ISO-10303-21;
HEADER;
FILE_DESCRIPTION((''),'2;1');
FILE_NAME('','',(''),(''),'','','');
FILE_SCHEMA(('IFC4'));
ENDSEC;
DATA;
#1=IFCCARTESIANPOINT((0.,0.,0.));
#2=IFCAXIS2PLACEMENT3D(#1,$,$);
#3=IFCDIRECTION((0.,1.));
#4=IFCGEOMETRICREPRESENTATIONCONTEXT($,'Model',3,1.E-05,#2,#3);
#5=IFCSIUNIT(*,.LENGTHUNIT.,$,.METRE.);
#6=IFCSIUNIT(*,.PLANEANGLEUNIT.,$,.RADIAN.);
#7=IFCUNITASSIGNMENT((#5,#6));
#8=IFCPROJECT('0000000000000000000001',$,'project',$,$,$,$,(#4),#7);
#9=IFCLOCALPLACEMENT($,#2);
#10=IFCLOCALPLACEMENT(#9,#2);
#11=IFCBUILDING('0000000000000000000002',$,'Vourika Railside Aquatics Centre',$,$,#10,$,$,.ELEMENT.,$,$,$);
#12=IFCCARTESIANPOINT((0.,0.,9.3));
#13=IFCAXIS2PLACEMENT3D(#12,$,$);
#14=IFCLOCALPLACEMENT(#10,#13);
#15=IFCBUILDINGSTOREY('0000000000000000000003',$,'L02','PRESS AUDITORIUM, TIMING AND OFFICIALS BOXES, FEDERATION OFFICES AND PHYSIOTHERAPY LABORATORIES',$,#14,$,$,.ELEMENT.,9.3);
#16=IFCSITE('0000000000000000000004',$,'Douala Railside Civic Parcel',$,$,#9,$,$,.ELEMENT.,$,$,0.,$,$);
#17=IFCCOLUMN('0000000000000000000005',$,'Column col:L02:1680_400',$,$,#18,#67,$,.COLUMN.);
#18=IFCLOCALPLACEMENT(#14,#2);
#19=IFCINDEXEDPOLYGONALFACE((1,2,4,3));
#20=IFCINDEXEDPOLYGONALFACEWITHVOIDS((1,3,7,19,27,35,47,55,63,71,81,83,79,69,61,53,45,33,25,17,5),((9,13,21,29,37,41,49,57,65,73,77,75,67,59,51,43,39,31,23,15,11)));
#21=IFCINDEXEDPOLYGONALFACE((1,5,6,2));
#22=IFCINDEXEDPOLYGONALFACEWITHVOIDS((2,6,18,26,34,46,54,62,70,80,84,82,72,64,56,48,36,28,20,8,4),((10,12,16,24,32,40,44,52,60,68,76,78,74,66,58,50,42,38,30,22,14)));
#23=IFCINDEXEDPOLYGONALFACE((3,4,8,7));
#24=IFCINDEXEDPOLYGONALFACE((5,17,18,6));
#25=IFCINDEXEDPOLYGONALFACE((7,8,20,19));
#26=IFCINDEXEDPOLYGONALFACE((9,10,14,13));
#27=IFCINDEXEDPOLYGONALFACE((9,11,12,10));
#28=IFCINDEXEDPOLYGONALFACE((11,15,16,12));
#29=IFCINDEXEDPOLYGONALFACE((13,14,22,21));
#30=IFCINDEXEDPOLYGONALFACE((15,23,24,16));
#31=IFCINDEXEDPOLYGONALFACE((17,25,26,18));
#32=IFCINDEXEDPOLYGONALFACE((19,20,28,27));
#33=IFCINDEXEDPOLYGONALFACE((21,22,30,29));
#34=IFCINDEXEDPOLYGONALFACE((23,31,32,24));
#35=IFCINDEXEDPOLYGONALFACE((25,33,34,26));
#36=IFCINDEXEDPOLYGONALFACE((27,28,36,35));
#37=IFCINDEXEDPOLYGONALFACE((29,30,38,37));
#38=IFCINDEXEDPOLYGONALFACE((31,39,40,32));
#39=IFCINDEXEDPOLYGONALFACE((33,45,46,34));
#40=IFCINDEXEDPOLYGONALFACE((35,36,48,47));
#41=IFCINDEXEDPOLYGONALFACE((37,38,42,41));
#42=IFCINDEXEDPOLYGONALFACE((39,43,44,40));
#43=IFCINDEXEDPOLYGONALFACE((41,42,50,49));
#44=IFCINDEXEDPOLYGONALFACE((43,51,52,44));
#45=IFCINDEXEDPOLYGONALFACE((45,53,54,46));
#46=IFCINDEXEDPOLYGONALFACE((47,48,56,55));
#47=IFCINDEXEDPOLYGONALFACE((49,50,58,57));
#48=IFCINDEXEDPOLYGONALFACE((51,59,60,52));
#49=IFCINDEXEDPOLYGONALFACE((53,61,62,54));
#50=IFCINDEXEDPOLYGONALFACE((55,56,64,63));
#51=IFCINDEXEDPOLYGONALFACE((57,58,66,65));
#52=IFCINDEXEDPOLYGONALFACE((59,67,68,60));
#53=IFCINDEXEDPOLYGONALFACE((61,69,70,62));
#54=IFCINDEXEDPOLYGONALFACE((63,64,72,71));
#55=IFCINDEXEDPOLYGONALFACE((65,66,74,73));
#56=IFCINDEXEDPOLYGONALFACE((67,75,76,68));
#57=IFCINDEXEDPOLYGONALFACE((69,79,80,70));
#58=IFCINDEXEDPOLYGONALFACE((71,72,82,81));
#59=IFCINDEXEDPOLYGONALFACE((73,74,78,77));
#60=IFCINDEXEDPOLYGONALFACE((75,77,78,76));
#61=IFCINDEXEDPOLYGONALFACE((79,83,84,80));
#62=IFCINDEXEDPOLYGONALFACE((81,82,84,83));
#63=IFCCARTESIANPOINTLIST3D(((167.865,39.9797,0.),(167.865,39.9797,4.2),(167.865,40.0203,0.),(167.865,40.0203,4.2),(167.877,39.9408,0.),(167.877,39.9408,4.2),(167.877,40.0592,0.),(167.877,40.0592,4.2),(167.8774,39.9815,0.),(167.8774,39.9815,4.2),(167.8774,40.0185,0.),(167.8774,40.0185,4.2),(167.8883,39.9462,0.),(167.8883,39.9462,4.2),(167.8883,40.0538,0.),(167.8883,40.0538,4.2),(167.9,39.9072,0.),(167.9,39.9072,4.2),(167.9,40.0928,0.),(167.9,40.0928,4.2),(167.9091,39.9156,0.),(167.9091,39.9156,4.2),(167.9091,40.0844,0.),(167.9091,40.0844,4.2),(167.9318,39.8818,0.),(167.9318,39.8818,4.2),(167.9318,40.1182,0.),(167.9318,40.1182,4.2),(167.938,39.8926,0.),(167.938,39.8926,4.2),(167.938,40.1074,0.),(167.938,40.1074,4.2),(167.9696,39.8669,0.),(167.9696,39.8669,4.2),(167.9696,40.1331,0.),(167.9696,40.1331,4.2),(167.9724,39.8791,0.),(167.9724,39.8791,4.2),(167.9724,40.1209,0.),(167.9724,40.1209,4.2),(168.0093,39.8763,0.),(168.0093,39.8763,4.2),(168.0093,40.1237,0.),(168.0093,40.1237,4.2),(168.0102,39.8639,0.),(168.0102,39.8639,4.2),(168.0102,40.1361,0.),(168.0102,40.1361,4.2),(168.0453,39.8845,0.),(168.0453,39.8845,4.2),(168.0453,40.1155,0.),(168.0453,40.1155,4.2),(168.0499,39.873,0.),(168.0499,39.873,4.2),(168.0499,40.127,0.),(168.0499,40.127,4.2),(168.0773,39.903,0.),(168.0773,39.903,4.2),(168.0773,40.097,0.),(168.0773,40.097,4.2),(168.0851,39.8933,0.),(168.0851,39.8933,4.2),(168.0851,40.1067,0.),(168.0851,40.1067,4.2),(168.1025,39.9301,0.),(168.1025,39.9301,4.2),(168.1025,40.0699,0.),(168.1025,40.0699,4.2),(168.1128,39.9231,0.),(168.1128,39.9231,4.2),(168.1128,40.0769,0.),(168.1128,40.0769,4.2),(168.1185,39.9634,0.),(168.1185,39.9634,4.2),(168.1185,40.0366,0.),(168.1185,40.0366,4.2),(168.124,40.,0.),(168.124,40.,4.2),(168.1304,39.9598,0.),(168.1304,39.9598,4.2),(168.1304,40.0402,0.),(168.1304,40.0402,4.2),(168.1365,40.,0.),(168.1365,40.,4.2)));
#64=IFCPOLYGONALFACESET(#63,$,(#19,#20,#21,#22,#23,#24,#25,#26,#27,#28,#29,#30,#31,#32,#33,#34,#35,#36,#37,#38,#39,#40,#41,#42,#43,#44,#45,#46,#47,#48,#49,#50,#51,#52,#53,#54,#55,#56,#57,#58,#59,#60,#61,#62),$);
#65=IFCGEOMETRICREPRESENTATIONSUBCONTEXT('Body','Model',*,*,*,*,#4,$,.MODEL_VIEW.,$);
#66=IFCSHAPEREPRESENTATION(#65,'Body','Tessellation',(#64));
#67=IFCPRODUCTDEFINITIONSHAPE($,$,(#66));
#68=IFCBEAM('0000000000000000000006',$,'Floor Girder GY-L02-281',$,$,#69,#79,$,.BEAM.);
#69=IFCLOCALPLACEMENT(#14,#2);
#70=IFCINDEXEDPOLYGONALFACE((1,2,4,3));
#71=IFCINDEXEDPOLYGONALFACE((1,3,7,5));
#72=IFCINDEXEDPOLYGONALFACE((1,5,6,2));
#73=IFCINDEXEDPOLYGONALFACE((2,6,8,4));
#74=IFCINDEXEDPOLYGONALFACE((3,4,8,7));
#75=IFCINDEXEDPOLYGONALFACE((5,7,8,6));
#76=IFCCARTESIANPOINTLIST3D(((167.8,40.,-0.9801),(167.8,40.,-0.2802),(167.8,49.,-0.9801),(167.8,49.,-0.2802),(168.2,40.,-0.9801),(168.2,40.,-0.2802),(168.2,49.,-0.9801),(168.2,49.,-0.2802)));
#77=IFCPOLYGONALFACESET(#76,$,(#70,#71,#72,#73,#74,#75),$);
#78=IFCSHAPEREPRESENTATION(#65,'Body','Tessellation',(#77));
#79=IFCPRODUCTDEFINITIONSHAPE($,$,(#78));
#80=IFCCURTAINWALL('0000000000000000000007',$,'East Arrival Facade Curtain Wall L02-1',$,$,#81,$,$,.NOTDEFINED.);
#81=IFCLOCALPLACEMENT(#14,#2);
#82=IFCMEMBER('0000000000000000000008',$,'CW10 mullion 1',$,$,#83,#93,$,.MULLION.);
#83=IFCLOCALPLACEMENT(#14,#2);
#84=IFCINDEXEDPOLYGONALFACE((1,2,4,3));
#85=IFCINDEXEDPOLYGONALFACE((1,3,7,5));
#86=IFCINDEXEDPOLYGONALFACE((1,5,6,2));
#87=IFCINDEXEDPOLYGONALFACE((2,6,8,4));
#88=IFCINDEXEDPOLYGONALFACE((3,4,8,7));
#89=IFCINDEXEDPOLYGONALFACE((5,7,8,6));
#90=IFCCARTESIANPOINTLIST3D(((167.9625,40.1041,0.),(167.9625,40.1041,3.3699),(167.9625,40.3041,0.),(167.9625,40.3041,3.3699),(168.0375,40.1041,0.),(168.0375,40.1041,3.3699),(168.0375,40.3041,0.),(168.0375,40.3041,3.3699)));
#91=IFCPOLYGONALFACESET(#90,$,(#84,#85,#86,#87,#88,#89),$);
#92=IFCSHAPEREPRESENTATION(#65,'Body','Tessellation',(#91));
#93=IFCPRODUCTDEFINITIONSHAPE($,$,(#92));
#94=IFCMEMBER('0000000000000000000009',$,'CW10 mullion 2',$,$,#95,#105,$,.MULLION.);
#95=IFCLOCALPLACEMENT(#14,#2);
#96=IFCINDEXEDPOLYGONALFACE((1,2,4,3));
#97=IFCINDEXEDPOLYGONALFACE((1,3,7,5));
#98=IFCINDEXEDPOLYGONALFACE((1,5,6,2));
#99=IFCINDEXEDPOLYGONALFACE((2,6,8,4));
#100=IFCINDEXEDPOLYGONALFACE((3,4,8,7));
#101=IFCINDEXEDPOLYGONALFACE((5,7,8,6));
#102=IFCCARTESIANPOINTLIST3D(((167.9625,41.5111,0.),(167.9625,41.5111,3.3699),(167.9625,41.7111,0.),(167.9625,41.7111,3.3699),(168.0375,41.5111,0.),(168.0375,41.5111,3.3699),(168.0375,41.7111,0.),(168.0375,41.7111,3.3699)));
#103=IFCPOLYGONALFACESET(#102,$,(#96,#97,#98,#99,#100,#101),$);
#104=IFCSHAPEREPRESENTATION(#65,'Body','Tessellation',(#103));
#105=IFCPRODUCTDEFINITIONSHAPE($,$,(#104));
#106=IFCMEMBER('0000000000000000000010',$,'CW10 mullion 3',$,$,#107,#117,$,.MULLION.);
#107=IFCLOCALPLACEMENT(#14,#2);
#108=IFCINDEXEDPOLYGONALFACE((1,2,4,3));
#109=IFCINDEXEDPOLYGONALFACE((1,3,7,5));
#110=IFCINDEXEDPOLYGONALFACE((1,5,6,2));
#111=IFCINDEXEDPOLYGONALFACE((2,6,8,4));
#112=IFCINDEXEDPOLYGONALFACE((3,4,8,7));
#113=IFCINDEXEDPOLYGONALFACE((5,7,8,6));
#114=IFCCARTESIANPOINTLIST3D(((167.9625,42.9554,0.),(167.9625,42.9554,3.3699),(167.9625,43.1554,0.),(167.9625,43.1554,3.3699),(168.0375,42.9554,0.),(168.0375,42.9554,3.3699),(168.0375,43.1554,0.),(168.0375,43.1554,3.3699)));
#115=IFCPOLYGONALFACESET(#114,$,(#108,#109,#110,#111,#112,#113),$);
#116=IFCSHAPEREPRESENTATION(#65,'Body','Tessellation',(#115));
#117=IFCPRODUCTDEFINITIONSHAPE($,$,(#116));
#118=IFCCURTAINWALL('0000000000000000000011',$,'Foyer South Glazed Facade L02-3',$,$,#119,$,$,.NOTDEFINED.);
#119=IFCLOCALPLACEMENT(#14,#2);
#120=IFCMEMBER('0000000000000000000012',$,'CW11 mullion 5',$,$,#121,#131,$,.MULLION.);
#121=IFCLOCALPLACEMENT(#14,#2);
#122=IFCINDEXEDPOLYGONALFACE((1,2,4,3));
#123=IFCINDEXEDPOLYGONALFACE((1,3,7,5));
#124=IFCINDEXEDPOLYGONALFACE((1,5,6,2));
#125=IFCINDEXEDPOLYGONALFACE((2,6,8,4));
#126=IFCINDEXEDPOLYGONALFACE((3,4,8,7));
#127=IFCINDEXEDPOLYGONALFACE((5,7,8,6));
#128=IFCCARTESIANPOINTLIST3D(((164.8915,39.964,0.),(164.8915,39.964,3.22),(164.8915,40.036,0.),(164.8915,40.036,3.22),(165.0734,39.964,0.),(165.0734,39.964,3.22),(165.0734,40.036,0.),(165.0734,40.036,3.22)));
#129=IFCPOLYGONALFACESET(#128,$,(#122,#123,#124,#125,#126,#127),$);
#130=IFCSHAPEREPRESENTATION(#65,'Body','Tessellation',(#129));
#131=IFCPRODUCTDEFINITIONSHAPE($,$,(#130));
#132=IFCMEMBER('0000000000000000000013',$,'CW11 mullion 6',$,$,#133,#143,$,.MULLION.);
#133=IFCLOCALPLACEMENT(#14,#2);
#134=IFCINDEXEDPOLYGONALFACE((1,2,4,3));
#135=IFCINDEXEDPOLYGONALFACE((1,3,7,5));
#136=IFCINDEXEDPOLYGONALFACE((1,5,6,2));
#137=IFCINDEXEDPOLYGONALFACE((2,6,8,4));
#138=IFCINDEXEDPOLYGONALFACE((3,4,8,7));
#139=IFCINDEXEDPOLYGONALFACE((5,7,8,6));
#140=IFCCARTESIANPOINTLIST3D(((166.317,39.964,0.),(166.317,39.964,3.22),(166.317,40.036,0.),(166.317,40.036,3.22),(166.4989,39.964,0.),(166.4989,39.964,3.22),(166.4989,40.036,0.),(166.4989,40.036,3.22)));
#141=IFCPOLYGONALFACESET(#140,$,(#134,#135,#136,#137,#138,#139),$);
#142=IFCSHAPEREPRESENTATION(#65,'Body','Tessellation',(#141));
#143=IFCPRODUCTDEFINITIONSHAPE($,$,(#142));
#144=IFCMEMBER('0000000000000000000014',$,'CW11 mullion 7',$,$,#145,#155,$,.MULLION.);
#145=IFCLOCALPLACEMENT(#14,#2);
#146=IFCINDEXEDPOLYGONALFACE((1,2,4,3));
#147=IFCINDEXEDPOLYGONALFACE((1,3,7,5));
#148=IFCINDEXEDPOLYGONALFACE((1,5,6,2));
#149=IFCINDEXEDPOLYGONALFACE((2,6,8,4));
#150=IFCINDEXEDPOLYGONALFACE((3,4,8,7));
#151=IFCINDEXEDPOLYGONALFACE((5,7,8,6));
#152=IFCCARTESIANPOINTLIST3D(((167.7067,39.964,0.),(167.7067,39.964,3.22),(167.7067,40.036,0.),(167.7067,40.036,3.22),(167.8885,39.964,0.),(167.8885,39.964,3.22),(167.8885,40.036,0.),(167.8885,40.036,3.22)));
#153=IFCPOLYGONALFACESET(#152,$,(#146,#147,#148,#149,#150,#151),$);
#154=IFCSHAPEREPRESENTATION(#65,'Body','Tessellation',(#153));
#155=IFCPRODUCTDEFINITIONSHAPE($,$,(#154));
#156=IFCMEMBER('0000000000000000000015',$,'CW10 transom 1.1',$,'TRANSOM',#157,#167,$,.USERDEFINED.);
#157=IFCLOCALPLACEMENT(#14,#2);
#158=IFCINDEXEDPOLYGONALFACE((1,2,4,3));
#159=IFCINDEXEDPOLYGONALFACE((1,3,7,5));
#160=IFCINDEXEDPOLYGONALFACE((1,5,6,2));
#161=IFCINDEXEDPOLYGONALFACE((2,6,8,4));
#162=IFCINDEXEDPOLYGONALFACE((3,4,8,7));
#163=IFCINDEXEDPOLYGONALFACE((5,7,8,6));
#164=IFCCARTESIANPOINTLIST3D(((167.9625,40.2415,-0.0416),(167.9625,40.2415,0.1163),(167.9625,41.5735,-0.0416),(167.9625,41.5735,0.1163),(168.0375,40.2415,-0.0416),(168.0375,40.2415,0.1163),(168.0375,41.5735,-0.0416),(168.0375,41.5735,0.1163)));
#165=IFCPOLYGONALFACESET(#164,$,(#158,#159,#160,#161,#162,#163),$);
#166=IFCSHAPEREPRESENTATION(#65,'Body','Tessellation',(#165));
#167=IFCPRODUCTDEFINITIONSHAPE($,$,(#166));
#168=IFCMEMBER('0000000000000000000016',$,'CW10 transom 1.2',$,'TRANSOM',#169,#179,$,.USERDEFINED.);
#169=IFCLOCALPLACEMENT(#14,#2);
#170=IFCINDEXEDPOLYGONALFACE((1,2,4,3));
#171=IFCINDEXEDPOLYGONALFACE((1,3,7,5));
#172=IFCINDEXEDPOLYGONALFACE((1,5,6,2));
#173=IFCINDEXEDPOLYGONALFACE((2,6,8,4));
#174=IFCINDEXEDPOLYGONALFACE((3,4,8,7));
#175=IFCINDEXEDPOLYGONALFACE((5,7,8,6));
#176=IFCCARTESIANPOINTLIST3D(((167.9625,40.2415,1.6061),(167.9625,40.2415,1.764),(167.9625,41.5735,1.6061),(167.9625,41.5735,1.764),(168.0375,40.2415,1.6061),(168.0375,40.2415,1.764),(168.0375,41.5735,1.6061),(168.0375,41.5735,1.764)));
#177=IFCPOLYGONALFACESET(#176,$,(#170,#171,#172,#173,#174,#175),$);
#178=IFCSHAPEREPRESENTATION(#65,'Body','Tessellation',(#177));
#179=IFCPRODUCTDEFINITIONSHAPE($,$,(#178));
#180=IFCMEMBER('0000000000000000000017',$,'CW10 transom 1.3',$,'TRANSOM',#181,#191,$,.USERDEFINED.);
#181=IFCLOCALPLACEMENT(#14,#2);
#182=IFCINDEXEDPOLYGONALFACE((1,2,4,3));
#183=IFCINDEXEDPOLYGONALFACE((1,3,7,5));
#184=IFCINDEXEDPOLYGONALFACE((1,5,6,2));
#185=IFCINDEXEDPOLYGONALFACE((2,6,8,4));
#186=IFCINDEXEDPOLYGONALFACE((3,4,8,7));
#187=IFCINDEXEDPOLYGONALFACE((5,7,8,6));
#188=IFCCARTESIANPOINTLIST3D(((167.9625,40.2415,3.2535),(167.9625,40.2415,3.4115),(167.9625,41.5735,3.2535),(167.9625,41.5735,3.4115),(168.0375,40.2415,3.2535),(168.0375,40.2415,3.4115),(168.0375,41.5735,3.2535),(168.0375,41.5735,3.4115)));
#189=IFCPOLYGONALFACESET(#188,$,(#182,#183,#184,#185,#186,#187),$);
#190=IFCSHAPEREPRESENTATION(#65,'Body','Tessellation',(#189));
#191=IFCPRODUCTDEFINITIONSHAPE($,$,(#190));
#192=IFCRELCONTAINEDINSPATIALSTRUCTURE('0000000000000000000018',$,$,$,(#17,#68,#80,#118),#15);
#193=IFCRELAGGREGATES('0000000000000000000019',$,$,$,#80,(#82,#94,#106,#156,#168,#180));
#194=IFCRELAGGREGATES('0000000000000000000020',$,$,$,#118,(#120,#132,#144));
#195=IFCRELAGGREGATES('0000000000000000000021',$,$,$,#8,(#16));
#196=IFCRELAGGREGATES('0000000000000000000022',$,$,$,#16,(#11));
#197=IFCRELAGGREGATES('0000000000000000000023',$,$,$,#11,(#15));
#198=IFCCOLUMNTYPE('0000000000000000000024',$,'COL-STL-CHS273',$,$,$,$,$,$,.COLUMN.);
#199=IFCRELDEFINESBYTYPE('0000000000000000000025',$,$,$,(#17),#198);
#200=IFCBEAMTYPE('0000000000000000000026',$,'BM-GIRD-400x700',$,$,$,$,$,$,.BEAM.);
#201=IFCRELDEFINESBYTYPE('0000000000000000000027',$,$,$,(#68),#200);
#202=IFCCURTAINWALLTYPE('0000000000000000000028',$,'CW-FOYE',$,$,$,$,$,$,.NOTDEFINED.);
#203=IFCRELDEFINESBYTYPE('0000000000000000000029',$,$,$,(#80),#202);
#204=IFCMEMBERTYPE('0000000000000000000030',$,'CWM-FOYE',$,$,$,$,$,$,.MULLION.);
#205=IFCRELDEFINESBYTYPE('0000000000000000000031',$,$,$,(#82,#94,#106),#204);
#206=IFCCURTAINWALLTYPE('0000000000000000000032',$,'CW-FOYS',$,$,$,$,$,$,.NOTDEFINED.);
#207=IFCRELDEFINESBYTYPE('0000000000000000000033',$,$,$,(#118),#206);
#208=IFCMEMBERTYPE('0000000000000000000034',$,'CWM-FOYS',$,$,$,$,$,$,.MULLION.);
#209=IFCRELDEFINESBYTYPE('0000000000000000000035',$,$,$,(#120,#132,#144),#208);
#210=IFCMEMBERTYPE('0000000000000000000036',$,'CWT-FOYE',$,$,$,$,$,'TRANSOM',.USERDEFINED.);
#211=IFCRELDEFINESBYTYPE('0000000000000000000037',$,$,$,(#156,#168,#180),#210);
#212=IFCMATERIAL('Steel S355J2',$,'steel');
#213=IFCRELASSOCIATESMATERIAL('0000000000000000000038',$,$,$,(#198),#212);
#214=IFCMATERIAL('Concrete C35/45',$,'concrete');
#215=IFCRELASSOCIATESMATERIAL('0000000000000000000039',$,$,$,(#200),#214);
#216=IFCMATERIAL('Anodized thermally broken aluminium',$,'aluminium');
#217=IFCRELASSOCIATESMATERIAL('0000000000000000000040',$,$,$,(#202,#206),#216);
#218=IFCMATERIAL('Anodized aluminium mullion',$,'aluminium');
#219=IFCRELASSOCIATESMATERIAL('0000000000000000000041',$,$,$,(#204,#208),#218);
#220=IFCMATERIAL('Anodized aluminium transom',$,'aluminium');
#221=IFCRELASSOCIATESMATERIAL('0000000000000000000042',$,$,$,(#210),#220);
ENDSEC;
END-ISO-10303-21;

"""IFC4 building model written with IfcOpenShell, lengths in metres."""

from ifc_helpers import new_model, si_unit, direction, frame, origin, origin_2d, place, context, subcontext, project, spatial, rectangle, hollow_circle, extrude, material, material_profile, profile_set, type_object, element, aggregate, save


model = new_model("IFC4")

# Units and contexts
model_context = context("Model", 3, precision=1e-05, world=origin(), true_north=direction((0.0, 1.0)))
body_context = subcontext(model_context, "Body", "Model", "MODEL_VIEW")
ifc_project = project(units=[si_unit("LENGTHUNIT", "METRE"), si_unit("PLANEANGLEUNIT", "RADIAN")], contexts=[model_context])

# Site, building, storey
site_placement = place(None, origin())
site = spatial("IfcSite", under=ifc_project, at=site_placement, Name="Douala Railside Civic Parcel", CompositionType="ELEMENT", RefElevation=0.0)
building_placement = place(site_placement, origin())
building = spatial("IfcBuilding", under=site, at=building_placement, Name="Vourika Railside Aquatics Centre", CompositionType="ELEMENT")
storey_placement = place(building_placement, frame((0.0, 0.0, 9.3)))
storey = spatial("IfcBuildingStorey", under=building, at=storey_placement, Name="L02", Description="PRESS AUDITORIUM, TIMING AND OFFICIALS BOXES, FEDERATION OFFICES AND PHYSIOTHERAPY LABORATORIES", CompositionType="ELEMENT", Elevation=9.3)

# Column
ifc_material_1 = material(Name="Steel S355J2", Category="steel")
ifc_material_profile_1 = material_profile(ifc_material_1, hollow_circle(Radius=0.1365, WallThickness=0.0125, at=origin_2d()), Name="CHS 273x12.5")
ifc_profile_set_1 = profile_set([ifc_material_profile_1], Name="Steel S355J2")
column_type = type_object("IfcColumnType", Name="COL-STL-CHS273", PredefinedType="COLUMN", material=ifc_profile_set_1)
column_placement = place(storey_placement, frame((168.0, 40.0, 0.0), z_axis=(0.0, 0.0, 1.0), x_axis=(1.0, 0.0, 0.0)))
element("IfcColumn", 1, at=column_placement, inside=storey, type_object=column_type, Name="Column col:L02:1680_400", PredefinedType="COLUMN", context=body_context, shape_type="SweptSolid", body=[
    extrude(hollow_circle(Radius=0.1365, WallThickness=0.0125, at=origin_2d()), origin(), (0.0, 0.0, 1.0), 4.2),
])

# Beam
ifc_material_2 = material(Name="Concrete C35/45", Category="concrete")
ifc_material_profile_2 = material_profile(ifc_material_2, rectangle(XDim=0.3999, YDim=0.7, at=origin_2d()), Name="RC 400x700")
ifc_profile_set_2 = profile_set([ifc_material_profile_2], Name="Concrete C35/45")
beam_type = type_object("IfcBeamType", Name="BM-GIRD-400x700", PredefinedType="BEAM", material=ifc_profile_set_2)
beam_placement = place(storey_placement, frame((168.0, 40.0, -0.6301), z_axis=(0.0, 1.0, 0.0), x_axis=(-1.0, 0.0, 0.0)))
element("IfcBeam", 2, at=beam_placement, inside=storey, type_object=beam_type, Name="Floor Girder GY-L02-281", PredefinedType="BEAM", context=body_context, shape_type="SweptSolid", body=[
    extrude(rectangle(XDim=0.3999, YDim=0.7, at=origin_2d()), origin(), (0.0, 0.0, 1.0), 9.0),
])

# Curtain walls, members
ifc_material_3 = material(Name="Anodized thermally broken aluminium", Category="aluminium")
curtain_wall_type_1 = type_object("IfcCurtainWallType", Name="CW-FOYE", PredefinedType="NOTDEFINED", material=ifc_material_3)
curtain_wall_1_placement = place(storey_placement, origin())
curtain_wall_1 = element("IfcCurtainWall", 3, at=curtain_wall_1_placement, inside=storey, type_object=curtain_wall_type_1, Name="East Arrival Facade Curtain Wall L02-1", PredefinedType="NOTDEFINED")
ifc_material_4 = material(Name="Anodized aluminium mullion", Category="aluminium")
ifc_material_profile_3 = material_profile(ifc_material_4, rectangle(XDim=0.075, YDim=0.2, at=origin_2d()), Name="ALU-M 75x200")
ifc_profile_set_3 = profile_set([ifc_material_profile_3], Name="Anodized aluminium mullion")
member_type_1 = type_object("IfcMemberType", Name="CWM-FOYE", PredefinedType="MULLION", material=ifc_profile_set_3)
member_1_placement = place(storey_placement, frame((168.0, 40.2041, 0.0), z_axis=(0.0, 0.0, 1.0), x_axis=(-1.0, 0.0, 0.0)))
member_1 = element("IfcMember", 4, at=member_1_placement, type_object=member_type_1, Name="CW10 mullion 1", PredefinedType="MULLION", context=body_context, shape_type="SweptSolid", body=[
    extrude(rectangle(XDim=0.075, YDim=0.2, at=origin_2d()), origin(), (0.0, 0.0, 1.0), 3.3699),
])
member_2_placement = place(storey_placement, frame((168.0, 41.6111, 0.0), z_axis=(0.0, 0.0, 1.0), x_axis=(-1.0, 0.0, 0.0)))
member_2 = element("IfcMember", 5, at=member_2_placement, type_object=member_type_1, Name="CW10 mullion 2", PredefinedType="MULLION", context=body_context, shape_type="SweptSolid", body=[
    extrude(rectangle(XDim=0.075, YDim=0.2, at=origin_2d()), origin(), (0.0, 0.0, 1.0), 3.3699),
])
member_3_placement = place(storey_placement, frame((168.0, 43.0554, 0.0), z_axis=(0.0, 0.0, 1.0), x_axis=(-1.0, 0.0, 0.0)))
member_3 = element("IfcMember", 6, at=member_3_placement, type_object=member_type_1, Name="CW10 mullion 3", PredefinedType="MULLION", context=body_context, shape_type="SweptSolid", body=[
    extrude(rectangle(XDim=0.075, YDim=0.2, at=origin_2d()), origin(), (0.0, 0.0, 1.0), 3.3699),
])
curtain_wall_type_2 = type_object("IfcCurtainWallType", Name="CW-FOYS", PredefinedType="NOTDEFINED", material=ifc_material_3)
curtain_wall_2_placement = place(storey_placement, origin())
curtain_wall_2 = element("IfcCurtainWall", 7, at=curtain_wall_2_placement, inside=storey, type_object=curtain_wall_type_2, Name="Foyer South Glazed Facade L02-3", PredefinedType="NOTDEFINED")
ifc_material_profile_4 = material_profile(ifc_material_4, rectangle(XDim=0.072, YDim=0.1819, at=origin_2d()), Name="ALU-M 72x182")
ifc_profile_set_4 = profile_set([ifc_material_profile_4], Name="Anodized aluminium mullion")
member_type_2 = type_object("IfcMemberType", Name="CWM-FOYS", PredefinedType="MULLION", material=ifc_profile_set_4)
member_4_placement = place(storey_placement, frame((164.9824, 40.0, 0.0), z_axis=(0.0, 0.0, 1.0), x_axis=(0.0, 1.0, 0.0)))
member_4 = element("IfcMember", 8, at=member_4_placement, type_object=member_type_2, Name="CW11 mullion 5", PredefinedType="MULLION", context=body_context, shape_type="SweptSolid", body=[
    extrude(rectangle(XDim=0.072, YDim=0.1819, at=origin_2d()), origin(), (0.0, 0.0, 1.0), 3.22),
])
member_5_placement = place(storey_placement, frame((166.408, 40.0, 0.0), z_axis=(0.0, 0.0, 1.0), x_axis=(0.0, 1.0, 0.0)))
member_5 = element("IfcMember", 9, at=member_5_placement, type_object=member_type_2, Name="CW11 mullion 6", PredefinedType="MULLION", context=body_context, shape_type="SweptSolid", body=[
    extrude(rectangle(XDim=0.072, YDim=0.1819, at=origin_2d()), origin(), (0.0, 0.0, 1.0), 3.22),
])
member_6_placement = place(storey_placement, frame((167.7976, 40.0, 0.0), z_axis=(0.0, 0.0, 1.0), x_axis=(0.0, 1.0, 0.0)))
member_6 = element("IfcMember", 10, at=member_6_placement, type_object=member_type_2, Name="CW11 mullion 7", PredefinedType="MULLION", context=body_context, shape_type="SweptSolid", body=[
    extrude(rectangle(XDim=0.072, YDim=0.1819, at=origin_2d()), origin(), (0.0, 0.0, 1.0), 3.22),
])

# Members
ifc_material_5 = material(Name="Anodized aluminium transom", Category="aluminium")
ifc_material_profile_5 = material_profile(ifc_material_5, rectangle(XDim=0.075, YDim=0.158, at=origin_2d()), Name="ALU-T 75x158")
ifc_profile_set_5 = profile_set([ifc_material_profile_5], Name="Anodized aluminium transom")
member_type_3 = type_object("IfcMemberType", Name="CWT-FOYE", ElementType="TRANSOM", PredefinedType="USERDEFINED", material=ifc_profile_set_5)
member_7_placement = place(storey_placement, frame((168.0, 40.2415, 0.0374), z_axis=(0.0, 1.0, 0.0), x_axis=(-1.0, 0.0, 0.0)))
member_7 = element("IfcMember", 11, at=member_7_placement, type_object=member_type_3, Name="CW10 transom 1.1", ObjectType="TRANSOM", PredefinedType="USERDEFINED", context=body_context, shape_type="SweptSolid", body=[
    extrude(rectangle(XDim=0.075, YDim=0.158, at=origin_2d()), origin(), (0.0, 0.0, 1.0), 1.332),
])
member_8_placement = place(storey_placement, frame((168.0, 40.2415, 1.6851), z_axis=(0.0, 1.0, 0.0), x_axis=(-1.0, 0.0, 0.0)))
member_8 = element("IfcMember", 12, at=member_8_placement, type_object=member_type_3, Name="CW10 transom 1.2", ObjectType="TRANSOM", PredefinedType="USERDEFINED", context=body_context, shape_type="SweptSolid", body=[
    extrude(rectangle(XDim=0.075, YDim=0.158, at=origin_2d()), origin(), (0.0, 0.0, 1.0), 1.332),
])
member_9_placement = place(storey_placement, frame((168.0, 40.2415, 3.3325), z_axis=(0.0, 1.0, 0.0), x_axis=(-1.0, 0.0, 0.0)))
member_9 = element("IfcMember", 13, at=member_9_placement, type_object=member_type_3, Name="CW10 transom 1.3", ObjectType="TRANSOM", PredefinedType="USERDEFINED", context=body_context, shape_type="SweptSolid", body=[
    extrude(rectangle(XDim=0.075, YDim=0.158, at=origin_2d()), origin(), (0.0, 0.0, 1.0), 1.332),
])

aggregate(curtain_wall_1, [member_1, member_2, member_3, member_7, member_8, member_9])
aggregate(curtain_wall_2, [member_4, member_5, member_6])

save(model, "model.ifc")
